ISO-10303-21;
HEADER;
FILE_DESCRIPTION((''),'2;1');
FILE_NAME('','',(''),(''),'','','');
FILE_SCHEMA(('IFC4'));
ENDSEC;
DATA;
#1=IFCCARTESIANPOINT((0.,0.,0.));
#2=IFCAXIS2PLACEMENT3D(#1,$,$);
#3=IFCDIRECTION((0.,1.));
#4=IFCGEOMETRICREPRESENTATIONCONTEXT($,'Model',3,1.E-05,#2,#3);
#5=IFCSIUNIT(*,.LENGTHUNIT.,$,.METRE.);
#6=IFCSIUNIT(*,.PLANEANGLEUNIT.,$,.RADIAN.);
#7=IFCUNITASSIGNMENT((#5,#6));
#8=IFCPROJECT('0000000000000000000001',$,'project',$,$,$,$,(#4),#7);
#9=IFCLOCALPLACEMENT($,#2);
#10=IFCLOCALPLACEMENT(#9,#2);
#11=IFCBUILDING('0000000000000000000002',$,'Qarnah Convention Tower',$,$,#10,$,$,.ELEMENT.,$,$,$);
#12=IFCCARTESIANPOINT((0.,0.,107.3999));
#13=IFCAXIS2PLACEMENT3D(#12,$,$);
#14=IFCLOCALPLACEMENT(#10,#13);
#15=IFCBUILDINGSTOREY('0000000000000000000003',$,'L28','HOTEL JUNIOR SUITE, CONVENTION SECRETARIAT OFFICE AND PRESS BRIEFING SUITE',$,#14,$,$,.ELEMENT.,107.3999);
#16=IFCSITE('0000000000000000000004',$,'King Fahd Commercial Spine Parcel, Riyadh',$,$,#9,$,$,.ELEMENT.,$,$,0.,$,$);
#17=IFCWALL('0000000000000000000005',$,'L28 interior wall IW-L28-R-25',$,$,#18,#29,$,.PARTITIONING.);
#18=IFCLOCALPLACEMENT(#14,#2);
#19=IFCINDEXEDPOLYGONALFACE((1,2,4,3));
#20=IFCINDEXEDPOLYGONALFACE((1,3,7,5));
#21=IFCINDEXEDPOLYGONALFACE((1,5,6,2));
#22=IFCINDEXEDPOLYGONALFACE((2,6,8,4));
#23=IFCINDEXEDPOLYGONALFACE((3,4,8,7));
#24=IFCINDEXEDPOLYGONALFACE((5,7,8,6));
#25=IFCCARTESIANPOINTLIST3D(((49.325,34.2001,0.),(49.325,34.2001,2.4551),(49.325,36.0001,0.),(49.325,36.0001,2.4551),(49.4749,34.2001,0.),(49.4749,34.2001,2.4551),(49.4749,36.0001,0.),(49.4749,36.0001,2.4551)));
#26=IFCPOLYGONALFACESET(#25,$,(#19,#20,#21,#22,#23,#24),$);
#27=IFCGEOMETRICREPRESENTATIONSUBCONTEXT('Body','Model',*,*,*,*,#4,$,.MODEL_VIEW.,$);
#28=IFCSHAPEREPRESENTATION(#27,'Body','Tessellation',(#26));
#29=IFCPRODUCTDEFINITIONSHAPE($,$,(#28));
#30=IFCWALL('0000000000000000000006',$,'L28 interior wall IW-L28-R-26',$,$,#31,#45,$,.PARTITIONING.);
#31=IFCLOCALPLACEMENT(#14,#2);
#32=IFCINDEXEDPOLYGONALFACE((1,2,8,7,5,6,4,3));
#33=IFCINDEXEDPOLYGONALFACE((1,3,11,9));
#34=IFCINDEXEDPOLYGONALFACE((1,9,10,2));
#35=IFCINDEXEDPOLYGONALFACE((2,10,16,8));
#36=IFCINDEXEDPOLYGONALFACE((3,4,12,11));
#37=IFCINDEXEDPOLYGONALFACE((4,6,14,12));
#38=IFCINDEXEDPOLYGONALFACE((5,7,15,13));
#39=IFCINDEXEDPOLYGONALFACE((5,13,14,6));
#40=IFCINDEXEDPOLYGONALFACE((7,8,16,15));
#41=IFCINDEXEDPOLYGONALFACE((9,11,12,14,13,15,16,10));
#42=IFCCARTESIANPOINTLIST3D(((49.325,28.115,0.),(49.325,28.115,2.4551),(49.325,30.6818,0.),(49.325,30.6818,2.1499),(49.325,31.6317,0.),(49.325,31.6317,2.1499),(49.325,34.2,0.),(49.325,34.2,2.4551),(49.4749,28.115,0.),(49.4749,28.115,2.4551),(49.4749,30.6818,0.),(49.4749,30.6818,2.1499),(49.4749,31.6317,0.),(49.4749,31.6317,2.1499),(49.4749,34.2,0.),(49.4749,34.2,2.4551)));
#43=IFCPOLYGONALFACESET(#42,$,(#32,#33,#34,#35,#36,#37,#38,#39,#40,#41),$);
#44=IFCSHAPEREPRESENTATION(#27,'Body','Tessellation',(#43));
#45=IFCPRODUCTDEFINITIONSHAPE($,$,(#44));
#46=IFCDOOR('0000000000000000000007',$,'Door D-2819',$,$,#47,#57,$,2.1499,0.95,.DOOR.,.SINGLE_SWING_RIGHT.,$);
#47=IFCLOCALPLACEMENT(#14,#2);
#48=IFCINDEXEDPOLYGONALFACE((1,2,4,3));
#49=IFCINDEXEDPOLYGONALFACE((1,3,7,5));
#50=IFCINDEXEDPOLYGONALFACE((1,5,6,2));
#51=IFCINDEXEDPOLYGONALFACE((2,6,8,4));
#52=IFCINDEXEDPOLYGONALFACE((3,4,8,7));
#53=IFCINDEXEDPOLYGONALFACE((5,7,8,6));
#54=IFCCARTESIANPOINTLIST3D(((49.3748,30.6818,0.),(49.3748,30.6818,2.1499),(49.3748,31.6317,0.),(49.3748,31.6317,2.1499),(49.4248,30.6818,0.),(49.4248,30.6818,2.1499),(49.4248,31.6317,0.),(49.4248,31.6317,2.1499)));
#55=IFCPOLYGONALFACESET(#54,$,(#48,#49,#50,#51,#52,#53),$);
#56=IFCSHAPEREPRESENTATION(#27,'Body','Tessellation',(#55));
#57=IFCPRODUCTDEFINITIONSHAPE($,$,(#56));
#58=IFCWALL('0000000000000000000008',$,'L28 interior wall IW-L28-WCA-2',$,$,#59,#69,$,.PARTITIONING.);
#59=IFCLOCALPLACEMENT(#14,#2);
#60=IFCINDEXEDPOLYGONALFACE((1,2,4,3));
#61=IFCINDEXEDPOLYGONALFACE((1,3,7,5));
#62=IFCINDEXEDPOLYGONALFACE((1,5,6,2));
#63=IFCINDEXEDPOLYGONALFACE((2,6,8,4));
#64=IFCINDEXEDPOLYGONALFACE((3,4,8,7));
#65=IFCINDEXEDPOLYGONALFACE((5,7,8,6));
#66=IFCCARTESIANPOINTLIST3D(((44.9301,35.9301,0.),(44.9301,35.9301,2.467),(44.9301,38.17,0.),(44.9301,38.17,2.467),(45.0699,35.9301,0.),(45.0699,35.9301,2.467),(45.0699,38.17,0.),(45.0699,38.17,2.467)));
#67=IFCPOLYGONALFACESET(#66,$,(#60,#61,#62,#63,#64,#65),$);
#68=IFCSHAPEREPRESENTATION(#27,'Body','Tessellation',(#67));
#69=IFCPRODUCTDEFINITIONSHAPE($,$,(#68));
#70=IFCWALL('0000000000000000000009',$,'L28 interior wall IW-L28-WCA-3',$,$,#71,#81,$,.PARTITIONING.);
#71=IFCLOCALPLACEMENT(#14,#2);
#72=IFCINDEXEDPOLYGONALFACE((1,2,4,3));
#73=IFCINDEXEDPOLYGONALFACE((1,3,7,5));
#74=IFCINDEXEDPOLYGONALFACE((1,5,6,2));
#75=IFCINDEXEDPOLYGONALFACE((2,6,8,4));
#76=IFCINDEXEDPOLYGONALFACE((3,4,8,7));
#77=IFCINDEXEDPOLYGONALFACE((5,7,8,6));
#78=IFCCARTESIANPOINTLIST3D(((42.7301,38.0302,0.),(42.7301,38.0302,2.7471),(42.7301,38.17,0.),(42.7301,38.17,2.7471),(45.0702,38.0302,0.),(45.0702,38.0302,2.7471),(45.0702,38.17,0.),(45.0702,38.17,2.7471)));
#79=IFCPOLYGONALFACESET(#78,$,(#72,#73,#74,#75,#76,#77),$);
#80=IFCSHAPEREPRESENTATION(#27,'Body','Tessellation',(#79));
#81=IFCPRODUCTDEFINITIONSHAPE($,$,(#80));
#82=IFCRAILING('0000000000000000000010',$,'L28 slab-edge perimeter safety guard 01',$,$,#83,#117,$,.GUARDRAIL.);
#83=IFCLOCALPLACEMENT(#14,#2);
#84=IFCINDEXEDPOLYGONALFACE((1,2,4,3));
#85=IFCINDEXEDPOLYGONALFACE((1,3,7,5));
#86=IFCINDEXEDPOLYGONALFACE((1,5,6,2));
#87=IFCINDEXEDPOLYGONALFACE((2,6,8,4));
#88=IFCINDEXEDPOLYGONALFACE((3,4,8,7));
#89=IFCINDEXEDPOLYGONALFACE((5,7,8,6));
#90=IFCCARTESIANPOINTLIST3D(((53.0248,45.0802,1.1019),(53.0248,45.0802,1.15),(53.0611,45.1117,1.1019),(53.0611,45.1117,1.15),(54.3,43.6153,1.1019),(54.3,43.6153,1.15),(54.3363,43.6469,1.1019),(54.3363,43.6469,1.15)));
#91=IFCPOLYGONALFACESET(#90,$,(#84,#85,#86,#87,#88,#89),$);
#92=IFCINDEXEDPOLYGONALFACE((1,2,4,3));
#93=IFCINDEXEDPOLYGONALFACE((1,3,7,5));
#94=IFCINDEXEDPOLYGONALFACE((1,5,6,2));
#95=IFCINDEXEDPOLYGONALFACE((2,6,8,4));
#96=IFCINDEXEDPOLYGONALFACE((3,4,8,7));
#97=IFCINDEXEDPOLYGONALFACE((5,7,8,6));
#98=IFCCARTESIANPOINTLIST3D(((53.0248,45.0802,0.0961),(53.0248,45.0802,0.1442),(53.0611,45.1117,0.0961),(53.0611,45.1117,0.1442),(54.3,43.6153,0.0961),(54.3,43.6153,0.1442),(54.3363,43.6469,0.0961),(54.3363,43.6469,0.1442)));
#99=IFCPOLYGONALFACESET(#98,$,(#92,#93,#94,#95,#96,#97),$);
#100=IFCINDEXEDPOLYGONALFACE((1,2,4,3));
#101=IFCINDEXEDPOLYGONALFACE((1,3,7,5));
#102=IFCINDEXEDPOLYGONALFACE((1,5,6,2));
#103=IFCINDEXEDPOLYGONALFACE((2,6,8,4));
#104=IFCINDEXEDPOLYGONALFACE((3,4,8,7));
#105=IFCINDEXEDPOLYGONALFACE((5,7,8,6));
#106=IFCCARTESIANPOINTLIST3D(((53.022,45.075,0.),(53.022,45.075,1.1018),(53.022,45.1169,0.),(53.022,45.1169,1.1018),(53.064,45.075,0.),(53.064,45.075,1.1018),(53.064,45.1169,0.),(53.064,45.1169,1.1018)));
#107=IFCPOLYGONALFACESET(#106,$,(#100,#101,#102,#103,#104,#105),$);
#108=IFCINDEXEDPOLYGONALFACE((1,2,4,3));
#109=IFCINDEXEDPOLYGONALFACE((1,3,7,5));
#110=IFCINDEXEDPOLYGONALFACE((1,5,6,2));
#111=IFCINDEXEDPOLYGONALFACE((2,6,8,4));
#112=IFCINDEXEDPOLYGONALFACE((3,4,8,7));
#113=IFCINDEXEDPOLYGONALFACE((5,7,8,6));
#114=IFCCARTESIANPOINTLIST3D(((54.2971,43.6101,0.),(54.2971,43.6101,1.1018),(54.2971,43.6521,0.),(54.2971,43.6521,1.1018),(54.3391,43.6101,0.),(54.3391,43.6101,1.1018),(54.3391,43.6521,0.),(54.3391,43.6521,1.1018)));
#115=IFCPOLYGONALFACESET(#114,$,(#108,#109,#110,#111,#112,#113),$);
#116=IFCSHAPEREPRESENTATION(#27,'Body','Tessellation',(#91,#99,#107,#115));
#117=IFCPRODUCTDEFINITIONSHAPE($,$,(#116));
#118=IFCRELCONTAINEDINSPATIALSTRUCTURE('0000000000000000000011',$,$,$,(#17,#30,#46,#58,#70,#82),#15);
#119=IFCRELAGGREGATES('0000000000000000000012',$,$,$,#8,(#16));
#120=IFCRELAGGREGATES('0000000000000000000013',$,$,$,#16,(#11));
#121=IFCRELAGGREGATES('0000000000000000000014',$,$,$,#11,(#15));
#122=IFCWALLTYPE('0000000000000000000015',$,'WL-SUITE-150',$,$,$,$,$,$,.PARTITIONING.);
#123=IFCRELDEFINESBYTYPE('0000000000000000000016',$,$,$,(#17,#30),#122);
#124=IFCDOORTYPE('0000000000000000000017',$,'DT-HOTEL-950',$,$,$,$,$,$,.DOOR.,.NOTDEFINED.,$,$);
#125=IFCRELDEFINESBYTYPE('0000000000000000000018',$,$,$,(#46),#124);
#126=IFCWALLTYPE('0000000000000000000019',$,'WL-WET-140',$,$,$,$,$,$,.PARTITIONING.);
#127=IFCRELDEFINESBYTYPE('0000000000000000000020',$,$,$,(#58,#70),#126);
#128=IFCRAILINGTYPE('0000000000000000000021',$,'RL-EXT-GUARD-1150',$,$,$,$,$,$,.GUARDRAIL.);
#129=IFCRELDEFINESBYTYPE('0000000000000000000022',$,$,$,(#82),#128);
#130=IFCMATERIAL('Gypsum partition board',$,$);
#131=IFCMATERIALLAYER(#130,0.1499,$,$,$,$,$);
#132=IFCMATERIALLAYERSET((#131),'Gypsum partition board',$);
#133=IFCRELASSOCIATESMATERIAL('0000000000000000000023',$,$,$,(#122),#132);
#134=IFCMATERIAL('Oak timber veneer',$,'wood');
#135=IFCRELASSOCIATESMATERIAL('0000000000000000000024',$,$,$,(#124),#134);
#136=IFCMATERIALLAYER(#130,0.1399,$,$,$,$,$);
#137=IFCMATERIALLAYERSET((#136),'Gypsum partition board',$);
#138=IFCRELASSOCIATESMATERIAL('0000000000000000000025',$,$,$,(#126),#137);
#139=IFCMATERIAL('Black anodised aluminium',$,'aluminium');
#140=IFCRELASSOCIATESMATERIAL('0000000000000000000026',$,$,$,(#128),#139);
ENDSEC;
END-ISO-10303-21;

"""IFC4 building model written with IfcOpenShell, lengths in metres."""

from ifc_helpers import new_model, si_unit, direction, frame, frame_2d, origin, origin_2d, place, context, subcontext, project, spatial, rectangle, extrude, material, layer, layer_set, type_object, element, fill, save


model = new_model("IFC4")

# Units and contexts
model_context = context("Model", 3, precision=1e-05, world=origin(), true_north=direction((0.0, 1.0)))
body_context = subcontext(model_context, "Body", "Model", "MODEL_VIEW")
ifc_project = project(units=[si_unit("LENGTHUNIT", "METRE"), si_unit("PLANEANGLEUNIT", "RADIAN")], contexts=[model_context])

# Site, building, storey
site_placement = place(None, origin())
site = spatial("IfcSite", under=ifc_project, at=site_placement, Name="King Fahd Commercial Spine Parcel, Riyadh", CompositionType="ELEMENT", RefElevation=0.0)
building_placement = place(site_placement, origin())
building = spatial("IfcBuilding", under=site, at=building_placement, Name="Qarnah Convention Tower", CompositionType="ELEMENT")
storey_placement = place(building_placement, frame((0.0, 0.0, 107.3999)))
storey = spatial("IfcBuildingStorey", under=building, at=storey_placement, Name="L28", Description="HOTEL JUNIOR SUITE, CONVENTION SECRETARIAT OFFICE AND PRESS BRIEFING SUITE", CompositionType="ELEMENT", Elevation=107.3999)

# Shared definitions
ifc_material_1 = material(Name="Black anodised aluminium", Category="aluminium")

# Wall
ifc_material_2 = material(Name="Gypsum partition board")
ifc_layer_1 = layer(ifc_material_2, 0.1499)
ifc_layer_set_1 = layer_set([ifc_layer_1], Name="Gypsum partition board")
wall_type_1 = type_object("IfcWallType", Name="WL-SUITE-150", PredefinedType="PARTITIONING", material=ifc_layer_set_1)
wall_1_placement = place(storey_placement, frame((49.3999, 36.0, 0.0), z_axis=(0.0, 0.0, 1.0), x_axis=(0.0, -1.0, 0.0)))
element("IfcWall", 1, at=wall_1_placement, inside=storey, type_object=wall_type_1, Name="L28 interior wall IW-L28-R-25", PredefinedType="PARTITIONING", context=body_context, shape_type="SweptSolid", body=[
    extrude(rectangle(XDim=1.8, YDim=0.1499, at=frame_2d((0.8999, 0.0))), origin(), (0.0, 0.0, 1.0), 2.4551),
])

# Wall, opening, door
wall_2_placement = place(storey_placement, frame((49.3999, 34.2, 0.0), z_axis=(0.0, 0.0, 1.0), x_axis=(0.0, -1.0, 0.0)))
wall_2 = element("IfcWall", 2, at=wall_2_placement, inside=storey, type_object=wall_type_1, Name="L28 interior wall IW-L28-R-26", PredefinedType="PARTITIONING", context=body_context, shape_type="SweptSolid", body=[
    extrude(rectangle(XDim=6.085, YDim=0.1499, at=frame_2d((3.0425, 0.0))), origin(), (0.0, 0.0, 1.0), 2.4551),
])
opening_1_placement = place(wall_2_placement, frame((2.5681, 0.0, 0.0)))
opening_1 = element("IfcOpeningElement", 3, at=opening_1_placement, cuts=wall_2, PredefinedType="OPENING", context=body_context, shape_type="SweptSolid", body=[
    extrude(rectangle(XDim=0.95, YDim=2.1499, at=frame_2d((0.4751, 1.075))), frame((0.0, 0.085, 0.0), z_axis=(0.0, -1.0, 0.0), x_axis=(1.0, 0.0, 0.0)), (0.0, 0.0, 1.0), 0.1699),
])
ifc_material_3 = material(Name="Oak timber veneer", Category="wood")
door_type_1 = type_object("IfcDoorType", Name="DT-HOTEL-950", OperationType="NOTDEFINED", PredefinedType="DOOR", material=ifc_material_3)
door_1_placement = place(opening_1_placement, origin())
door_1 = element("IfcDoor", 4, at=door_1_placement, inside=storey, type_object=door_type_1, Name="Door D-2819", OperationType="SINGLE_SWING_RIGHT", OverallHeight=2.1499, OverallWidth=0.95, PredefinedType="DOOR", context=body_context, shape_type="SweptSolid", body=[
    extrude(rectangle(XDim=0.95, YDim=2.1499, at=frame_2d((0.4751, 1.075))), frame((0.0, 0.0249, 0.0), z_axis=(0.0, -1.0, 0.0), x_axis=(1.0, 0.0, 0.0)), (0.0, 0.0, 1.0), 0.05),
])
fill(opening_1, door_1)

# Walls
ifc_layer_2 = layer(ifc_material_2, 0.1399)
ifc_layer_set_2 = layer_set([ifc_layer_2], Name="Gypsum partition board")
wall_type_2 = type_object("IfcWallType", Name="WL-WET-140", PredefinedType="PARTITIONING", material=ifc_layer_set_2)
wall_3_placement = place(storey_placement, frame((45.0, 35.9299, 0.0), z_axis=(0.0, 0.0, 1.0), x_axis=(0.0, 1.0, 0.0)))
element("IfcWall", 5, at=wall_3_placement, inside=storey, type_object=wall_type_2, Name="L28 interior wall IW-L28-WCA-2", PredefinedType="PARTITIONING", context=body_context, shape_type="SweptSolid", body=[
    extrude(rectangle(XDim=2.24, YDim=0.1399, at=frame_2d((1.1201, 0.0))), origin(), (0.0, 0.0, 1.0), 2.467),
])
wall_4_placement = place(storey_placement, frame((45.0701, 38.1001, 0.0), z_axis=(0.0, 0.0, 1.0), x_axis=(-1.0, 0.0, 0.0)))
element("IfcWall", 6, at=wall_4_placement, inside=storey, type_object=wall_type_2, Name="L28 interior wall IW-L28-WCA-3", PredefinedType="PARTITIONING", context=body_context, shape_type="SweptSolid", body=[
    extrude(rectangle(XDim=2.3401, YDim=0.1399, at=frame_2d((1.1699, 0.0))), origin(), (0.0, 0.0, 1.0), 2.7471),
])

# Railing
railing_type = type_object("IfcRailingType", Name="RL-EXT-GUARD-1150", PredefinedType="GUARDRAIL", material=ifc_material_1)
railing_1_placement = place(storey_placement, frame((53.043, 45.0959, 0.0)))
element("IfcRailing", 7, at=railing_1_placement, inside=storey, type_object=railing_type, Name="L28 slab-edge perimeter safety guard 01", PredefinedType="GUARDRAIL", context=body_context, shape_type="SweptSolid", body=[
    extrude(rectangle(XDim=0.0481, YDim=0.0481, at=origin_2d()), frame((0.0, 0.0, 1.126), z_axis=(0.65658, -0.754256, 0.0), x_axis=(0.754256, 0.65658, 0.0)), (0.0, 0.0, 1.0), 1.9421),
    extrude(rectangle(XDim=0.0481, YDim=0.0481, at=origin_2d()), frame((0.0, 0.0, 0.1201), z_axis=(0.65658, -0.754256, 0.0), x_axis=(0.754256, 0.65658, 0.0)), (0.0, 0.0, 1.0), 1.9421),
    extrude(rectangle(XDim=0.042, YDim=0.042, at=origin_2d()), origin(), (0.0, 0.0, 1.0), 1.1018),
    extrude(rectangle(XDim=0.042, YDim=0.042, at=origin_2d()), frame((1.2751, -1.4648, 0.0)), (0.0, 0.0, 1.0), 1.1018),
])

save(model, "model.ifc")
